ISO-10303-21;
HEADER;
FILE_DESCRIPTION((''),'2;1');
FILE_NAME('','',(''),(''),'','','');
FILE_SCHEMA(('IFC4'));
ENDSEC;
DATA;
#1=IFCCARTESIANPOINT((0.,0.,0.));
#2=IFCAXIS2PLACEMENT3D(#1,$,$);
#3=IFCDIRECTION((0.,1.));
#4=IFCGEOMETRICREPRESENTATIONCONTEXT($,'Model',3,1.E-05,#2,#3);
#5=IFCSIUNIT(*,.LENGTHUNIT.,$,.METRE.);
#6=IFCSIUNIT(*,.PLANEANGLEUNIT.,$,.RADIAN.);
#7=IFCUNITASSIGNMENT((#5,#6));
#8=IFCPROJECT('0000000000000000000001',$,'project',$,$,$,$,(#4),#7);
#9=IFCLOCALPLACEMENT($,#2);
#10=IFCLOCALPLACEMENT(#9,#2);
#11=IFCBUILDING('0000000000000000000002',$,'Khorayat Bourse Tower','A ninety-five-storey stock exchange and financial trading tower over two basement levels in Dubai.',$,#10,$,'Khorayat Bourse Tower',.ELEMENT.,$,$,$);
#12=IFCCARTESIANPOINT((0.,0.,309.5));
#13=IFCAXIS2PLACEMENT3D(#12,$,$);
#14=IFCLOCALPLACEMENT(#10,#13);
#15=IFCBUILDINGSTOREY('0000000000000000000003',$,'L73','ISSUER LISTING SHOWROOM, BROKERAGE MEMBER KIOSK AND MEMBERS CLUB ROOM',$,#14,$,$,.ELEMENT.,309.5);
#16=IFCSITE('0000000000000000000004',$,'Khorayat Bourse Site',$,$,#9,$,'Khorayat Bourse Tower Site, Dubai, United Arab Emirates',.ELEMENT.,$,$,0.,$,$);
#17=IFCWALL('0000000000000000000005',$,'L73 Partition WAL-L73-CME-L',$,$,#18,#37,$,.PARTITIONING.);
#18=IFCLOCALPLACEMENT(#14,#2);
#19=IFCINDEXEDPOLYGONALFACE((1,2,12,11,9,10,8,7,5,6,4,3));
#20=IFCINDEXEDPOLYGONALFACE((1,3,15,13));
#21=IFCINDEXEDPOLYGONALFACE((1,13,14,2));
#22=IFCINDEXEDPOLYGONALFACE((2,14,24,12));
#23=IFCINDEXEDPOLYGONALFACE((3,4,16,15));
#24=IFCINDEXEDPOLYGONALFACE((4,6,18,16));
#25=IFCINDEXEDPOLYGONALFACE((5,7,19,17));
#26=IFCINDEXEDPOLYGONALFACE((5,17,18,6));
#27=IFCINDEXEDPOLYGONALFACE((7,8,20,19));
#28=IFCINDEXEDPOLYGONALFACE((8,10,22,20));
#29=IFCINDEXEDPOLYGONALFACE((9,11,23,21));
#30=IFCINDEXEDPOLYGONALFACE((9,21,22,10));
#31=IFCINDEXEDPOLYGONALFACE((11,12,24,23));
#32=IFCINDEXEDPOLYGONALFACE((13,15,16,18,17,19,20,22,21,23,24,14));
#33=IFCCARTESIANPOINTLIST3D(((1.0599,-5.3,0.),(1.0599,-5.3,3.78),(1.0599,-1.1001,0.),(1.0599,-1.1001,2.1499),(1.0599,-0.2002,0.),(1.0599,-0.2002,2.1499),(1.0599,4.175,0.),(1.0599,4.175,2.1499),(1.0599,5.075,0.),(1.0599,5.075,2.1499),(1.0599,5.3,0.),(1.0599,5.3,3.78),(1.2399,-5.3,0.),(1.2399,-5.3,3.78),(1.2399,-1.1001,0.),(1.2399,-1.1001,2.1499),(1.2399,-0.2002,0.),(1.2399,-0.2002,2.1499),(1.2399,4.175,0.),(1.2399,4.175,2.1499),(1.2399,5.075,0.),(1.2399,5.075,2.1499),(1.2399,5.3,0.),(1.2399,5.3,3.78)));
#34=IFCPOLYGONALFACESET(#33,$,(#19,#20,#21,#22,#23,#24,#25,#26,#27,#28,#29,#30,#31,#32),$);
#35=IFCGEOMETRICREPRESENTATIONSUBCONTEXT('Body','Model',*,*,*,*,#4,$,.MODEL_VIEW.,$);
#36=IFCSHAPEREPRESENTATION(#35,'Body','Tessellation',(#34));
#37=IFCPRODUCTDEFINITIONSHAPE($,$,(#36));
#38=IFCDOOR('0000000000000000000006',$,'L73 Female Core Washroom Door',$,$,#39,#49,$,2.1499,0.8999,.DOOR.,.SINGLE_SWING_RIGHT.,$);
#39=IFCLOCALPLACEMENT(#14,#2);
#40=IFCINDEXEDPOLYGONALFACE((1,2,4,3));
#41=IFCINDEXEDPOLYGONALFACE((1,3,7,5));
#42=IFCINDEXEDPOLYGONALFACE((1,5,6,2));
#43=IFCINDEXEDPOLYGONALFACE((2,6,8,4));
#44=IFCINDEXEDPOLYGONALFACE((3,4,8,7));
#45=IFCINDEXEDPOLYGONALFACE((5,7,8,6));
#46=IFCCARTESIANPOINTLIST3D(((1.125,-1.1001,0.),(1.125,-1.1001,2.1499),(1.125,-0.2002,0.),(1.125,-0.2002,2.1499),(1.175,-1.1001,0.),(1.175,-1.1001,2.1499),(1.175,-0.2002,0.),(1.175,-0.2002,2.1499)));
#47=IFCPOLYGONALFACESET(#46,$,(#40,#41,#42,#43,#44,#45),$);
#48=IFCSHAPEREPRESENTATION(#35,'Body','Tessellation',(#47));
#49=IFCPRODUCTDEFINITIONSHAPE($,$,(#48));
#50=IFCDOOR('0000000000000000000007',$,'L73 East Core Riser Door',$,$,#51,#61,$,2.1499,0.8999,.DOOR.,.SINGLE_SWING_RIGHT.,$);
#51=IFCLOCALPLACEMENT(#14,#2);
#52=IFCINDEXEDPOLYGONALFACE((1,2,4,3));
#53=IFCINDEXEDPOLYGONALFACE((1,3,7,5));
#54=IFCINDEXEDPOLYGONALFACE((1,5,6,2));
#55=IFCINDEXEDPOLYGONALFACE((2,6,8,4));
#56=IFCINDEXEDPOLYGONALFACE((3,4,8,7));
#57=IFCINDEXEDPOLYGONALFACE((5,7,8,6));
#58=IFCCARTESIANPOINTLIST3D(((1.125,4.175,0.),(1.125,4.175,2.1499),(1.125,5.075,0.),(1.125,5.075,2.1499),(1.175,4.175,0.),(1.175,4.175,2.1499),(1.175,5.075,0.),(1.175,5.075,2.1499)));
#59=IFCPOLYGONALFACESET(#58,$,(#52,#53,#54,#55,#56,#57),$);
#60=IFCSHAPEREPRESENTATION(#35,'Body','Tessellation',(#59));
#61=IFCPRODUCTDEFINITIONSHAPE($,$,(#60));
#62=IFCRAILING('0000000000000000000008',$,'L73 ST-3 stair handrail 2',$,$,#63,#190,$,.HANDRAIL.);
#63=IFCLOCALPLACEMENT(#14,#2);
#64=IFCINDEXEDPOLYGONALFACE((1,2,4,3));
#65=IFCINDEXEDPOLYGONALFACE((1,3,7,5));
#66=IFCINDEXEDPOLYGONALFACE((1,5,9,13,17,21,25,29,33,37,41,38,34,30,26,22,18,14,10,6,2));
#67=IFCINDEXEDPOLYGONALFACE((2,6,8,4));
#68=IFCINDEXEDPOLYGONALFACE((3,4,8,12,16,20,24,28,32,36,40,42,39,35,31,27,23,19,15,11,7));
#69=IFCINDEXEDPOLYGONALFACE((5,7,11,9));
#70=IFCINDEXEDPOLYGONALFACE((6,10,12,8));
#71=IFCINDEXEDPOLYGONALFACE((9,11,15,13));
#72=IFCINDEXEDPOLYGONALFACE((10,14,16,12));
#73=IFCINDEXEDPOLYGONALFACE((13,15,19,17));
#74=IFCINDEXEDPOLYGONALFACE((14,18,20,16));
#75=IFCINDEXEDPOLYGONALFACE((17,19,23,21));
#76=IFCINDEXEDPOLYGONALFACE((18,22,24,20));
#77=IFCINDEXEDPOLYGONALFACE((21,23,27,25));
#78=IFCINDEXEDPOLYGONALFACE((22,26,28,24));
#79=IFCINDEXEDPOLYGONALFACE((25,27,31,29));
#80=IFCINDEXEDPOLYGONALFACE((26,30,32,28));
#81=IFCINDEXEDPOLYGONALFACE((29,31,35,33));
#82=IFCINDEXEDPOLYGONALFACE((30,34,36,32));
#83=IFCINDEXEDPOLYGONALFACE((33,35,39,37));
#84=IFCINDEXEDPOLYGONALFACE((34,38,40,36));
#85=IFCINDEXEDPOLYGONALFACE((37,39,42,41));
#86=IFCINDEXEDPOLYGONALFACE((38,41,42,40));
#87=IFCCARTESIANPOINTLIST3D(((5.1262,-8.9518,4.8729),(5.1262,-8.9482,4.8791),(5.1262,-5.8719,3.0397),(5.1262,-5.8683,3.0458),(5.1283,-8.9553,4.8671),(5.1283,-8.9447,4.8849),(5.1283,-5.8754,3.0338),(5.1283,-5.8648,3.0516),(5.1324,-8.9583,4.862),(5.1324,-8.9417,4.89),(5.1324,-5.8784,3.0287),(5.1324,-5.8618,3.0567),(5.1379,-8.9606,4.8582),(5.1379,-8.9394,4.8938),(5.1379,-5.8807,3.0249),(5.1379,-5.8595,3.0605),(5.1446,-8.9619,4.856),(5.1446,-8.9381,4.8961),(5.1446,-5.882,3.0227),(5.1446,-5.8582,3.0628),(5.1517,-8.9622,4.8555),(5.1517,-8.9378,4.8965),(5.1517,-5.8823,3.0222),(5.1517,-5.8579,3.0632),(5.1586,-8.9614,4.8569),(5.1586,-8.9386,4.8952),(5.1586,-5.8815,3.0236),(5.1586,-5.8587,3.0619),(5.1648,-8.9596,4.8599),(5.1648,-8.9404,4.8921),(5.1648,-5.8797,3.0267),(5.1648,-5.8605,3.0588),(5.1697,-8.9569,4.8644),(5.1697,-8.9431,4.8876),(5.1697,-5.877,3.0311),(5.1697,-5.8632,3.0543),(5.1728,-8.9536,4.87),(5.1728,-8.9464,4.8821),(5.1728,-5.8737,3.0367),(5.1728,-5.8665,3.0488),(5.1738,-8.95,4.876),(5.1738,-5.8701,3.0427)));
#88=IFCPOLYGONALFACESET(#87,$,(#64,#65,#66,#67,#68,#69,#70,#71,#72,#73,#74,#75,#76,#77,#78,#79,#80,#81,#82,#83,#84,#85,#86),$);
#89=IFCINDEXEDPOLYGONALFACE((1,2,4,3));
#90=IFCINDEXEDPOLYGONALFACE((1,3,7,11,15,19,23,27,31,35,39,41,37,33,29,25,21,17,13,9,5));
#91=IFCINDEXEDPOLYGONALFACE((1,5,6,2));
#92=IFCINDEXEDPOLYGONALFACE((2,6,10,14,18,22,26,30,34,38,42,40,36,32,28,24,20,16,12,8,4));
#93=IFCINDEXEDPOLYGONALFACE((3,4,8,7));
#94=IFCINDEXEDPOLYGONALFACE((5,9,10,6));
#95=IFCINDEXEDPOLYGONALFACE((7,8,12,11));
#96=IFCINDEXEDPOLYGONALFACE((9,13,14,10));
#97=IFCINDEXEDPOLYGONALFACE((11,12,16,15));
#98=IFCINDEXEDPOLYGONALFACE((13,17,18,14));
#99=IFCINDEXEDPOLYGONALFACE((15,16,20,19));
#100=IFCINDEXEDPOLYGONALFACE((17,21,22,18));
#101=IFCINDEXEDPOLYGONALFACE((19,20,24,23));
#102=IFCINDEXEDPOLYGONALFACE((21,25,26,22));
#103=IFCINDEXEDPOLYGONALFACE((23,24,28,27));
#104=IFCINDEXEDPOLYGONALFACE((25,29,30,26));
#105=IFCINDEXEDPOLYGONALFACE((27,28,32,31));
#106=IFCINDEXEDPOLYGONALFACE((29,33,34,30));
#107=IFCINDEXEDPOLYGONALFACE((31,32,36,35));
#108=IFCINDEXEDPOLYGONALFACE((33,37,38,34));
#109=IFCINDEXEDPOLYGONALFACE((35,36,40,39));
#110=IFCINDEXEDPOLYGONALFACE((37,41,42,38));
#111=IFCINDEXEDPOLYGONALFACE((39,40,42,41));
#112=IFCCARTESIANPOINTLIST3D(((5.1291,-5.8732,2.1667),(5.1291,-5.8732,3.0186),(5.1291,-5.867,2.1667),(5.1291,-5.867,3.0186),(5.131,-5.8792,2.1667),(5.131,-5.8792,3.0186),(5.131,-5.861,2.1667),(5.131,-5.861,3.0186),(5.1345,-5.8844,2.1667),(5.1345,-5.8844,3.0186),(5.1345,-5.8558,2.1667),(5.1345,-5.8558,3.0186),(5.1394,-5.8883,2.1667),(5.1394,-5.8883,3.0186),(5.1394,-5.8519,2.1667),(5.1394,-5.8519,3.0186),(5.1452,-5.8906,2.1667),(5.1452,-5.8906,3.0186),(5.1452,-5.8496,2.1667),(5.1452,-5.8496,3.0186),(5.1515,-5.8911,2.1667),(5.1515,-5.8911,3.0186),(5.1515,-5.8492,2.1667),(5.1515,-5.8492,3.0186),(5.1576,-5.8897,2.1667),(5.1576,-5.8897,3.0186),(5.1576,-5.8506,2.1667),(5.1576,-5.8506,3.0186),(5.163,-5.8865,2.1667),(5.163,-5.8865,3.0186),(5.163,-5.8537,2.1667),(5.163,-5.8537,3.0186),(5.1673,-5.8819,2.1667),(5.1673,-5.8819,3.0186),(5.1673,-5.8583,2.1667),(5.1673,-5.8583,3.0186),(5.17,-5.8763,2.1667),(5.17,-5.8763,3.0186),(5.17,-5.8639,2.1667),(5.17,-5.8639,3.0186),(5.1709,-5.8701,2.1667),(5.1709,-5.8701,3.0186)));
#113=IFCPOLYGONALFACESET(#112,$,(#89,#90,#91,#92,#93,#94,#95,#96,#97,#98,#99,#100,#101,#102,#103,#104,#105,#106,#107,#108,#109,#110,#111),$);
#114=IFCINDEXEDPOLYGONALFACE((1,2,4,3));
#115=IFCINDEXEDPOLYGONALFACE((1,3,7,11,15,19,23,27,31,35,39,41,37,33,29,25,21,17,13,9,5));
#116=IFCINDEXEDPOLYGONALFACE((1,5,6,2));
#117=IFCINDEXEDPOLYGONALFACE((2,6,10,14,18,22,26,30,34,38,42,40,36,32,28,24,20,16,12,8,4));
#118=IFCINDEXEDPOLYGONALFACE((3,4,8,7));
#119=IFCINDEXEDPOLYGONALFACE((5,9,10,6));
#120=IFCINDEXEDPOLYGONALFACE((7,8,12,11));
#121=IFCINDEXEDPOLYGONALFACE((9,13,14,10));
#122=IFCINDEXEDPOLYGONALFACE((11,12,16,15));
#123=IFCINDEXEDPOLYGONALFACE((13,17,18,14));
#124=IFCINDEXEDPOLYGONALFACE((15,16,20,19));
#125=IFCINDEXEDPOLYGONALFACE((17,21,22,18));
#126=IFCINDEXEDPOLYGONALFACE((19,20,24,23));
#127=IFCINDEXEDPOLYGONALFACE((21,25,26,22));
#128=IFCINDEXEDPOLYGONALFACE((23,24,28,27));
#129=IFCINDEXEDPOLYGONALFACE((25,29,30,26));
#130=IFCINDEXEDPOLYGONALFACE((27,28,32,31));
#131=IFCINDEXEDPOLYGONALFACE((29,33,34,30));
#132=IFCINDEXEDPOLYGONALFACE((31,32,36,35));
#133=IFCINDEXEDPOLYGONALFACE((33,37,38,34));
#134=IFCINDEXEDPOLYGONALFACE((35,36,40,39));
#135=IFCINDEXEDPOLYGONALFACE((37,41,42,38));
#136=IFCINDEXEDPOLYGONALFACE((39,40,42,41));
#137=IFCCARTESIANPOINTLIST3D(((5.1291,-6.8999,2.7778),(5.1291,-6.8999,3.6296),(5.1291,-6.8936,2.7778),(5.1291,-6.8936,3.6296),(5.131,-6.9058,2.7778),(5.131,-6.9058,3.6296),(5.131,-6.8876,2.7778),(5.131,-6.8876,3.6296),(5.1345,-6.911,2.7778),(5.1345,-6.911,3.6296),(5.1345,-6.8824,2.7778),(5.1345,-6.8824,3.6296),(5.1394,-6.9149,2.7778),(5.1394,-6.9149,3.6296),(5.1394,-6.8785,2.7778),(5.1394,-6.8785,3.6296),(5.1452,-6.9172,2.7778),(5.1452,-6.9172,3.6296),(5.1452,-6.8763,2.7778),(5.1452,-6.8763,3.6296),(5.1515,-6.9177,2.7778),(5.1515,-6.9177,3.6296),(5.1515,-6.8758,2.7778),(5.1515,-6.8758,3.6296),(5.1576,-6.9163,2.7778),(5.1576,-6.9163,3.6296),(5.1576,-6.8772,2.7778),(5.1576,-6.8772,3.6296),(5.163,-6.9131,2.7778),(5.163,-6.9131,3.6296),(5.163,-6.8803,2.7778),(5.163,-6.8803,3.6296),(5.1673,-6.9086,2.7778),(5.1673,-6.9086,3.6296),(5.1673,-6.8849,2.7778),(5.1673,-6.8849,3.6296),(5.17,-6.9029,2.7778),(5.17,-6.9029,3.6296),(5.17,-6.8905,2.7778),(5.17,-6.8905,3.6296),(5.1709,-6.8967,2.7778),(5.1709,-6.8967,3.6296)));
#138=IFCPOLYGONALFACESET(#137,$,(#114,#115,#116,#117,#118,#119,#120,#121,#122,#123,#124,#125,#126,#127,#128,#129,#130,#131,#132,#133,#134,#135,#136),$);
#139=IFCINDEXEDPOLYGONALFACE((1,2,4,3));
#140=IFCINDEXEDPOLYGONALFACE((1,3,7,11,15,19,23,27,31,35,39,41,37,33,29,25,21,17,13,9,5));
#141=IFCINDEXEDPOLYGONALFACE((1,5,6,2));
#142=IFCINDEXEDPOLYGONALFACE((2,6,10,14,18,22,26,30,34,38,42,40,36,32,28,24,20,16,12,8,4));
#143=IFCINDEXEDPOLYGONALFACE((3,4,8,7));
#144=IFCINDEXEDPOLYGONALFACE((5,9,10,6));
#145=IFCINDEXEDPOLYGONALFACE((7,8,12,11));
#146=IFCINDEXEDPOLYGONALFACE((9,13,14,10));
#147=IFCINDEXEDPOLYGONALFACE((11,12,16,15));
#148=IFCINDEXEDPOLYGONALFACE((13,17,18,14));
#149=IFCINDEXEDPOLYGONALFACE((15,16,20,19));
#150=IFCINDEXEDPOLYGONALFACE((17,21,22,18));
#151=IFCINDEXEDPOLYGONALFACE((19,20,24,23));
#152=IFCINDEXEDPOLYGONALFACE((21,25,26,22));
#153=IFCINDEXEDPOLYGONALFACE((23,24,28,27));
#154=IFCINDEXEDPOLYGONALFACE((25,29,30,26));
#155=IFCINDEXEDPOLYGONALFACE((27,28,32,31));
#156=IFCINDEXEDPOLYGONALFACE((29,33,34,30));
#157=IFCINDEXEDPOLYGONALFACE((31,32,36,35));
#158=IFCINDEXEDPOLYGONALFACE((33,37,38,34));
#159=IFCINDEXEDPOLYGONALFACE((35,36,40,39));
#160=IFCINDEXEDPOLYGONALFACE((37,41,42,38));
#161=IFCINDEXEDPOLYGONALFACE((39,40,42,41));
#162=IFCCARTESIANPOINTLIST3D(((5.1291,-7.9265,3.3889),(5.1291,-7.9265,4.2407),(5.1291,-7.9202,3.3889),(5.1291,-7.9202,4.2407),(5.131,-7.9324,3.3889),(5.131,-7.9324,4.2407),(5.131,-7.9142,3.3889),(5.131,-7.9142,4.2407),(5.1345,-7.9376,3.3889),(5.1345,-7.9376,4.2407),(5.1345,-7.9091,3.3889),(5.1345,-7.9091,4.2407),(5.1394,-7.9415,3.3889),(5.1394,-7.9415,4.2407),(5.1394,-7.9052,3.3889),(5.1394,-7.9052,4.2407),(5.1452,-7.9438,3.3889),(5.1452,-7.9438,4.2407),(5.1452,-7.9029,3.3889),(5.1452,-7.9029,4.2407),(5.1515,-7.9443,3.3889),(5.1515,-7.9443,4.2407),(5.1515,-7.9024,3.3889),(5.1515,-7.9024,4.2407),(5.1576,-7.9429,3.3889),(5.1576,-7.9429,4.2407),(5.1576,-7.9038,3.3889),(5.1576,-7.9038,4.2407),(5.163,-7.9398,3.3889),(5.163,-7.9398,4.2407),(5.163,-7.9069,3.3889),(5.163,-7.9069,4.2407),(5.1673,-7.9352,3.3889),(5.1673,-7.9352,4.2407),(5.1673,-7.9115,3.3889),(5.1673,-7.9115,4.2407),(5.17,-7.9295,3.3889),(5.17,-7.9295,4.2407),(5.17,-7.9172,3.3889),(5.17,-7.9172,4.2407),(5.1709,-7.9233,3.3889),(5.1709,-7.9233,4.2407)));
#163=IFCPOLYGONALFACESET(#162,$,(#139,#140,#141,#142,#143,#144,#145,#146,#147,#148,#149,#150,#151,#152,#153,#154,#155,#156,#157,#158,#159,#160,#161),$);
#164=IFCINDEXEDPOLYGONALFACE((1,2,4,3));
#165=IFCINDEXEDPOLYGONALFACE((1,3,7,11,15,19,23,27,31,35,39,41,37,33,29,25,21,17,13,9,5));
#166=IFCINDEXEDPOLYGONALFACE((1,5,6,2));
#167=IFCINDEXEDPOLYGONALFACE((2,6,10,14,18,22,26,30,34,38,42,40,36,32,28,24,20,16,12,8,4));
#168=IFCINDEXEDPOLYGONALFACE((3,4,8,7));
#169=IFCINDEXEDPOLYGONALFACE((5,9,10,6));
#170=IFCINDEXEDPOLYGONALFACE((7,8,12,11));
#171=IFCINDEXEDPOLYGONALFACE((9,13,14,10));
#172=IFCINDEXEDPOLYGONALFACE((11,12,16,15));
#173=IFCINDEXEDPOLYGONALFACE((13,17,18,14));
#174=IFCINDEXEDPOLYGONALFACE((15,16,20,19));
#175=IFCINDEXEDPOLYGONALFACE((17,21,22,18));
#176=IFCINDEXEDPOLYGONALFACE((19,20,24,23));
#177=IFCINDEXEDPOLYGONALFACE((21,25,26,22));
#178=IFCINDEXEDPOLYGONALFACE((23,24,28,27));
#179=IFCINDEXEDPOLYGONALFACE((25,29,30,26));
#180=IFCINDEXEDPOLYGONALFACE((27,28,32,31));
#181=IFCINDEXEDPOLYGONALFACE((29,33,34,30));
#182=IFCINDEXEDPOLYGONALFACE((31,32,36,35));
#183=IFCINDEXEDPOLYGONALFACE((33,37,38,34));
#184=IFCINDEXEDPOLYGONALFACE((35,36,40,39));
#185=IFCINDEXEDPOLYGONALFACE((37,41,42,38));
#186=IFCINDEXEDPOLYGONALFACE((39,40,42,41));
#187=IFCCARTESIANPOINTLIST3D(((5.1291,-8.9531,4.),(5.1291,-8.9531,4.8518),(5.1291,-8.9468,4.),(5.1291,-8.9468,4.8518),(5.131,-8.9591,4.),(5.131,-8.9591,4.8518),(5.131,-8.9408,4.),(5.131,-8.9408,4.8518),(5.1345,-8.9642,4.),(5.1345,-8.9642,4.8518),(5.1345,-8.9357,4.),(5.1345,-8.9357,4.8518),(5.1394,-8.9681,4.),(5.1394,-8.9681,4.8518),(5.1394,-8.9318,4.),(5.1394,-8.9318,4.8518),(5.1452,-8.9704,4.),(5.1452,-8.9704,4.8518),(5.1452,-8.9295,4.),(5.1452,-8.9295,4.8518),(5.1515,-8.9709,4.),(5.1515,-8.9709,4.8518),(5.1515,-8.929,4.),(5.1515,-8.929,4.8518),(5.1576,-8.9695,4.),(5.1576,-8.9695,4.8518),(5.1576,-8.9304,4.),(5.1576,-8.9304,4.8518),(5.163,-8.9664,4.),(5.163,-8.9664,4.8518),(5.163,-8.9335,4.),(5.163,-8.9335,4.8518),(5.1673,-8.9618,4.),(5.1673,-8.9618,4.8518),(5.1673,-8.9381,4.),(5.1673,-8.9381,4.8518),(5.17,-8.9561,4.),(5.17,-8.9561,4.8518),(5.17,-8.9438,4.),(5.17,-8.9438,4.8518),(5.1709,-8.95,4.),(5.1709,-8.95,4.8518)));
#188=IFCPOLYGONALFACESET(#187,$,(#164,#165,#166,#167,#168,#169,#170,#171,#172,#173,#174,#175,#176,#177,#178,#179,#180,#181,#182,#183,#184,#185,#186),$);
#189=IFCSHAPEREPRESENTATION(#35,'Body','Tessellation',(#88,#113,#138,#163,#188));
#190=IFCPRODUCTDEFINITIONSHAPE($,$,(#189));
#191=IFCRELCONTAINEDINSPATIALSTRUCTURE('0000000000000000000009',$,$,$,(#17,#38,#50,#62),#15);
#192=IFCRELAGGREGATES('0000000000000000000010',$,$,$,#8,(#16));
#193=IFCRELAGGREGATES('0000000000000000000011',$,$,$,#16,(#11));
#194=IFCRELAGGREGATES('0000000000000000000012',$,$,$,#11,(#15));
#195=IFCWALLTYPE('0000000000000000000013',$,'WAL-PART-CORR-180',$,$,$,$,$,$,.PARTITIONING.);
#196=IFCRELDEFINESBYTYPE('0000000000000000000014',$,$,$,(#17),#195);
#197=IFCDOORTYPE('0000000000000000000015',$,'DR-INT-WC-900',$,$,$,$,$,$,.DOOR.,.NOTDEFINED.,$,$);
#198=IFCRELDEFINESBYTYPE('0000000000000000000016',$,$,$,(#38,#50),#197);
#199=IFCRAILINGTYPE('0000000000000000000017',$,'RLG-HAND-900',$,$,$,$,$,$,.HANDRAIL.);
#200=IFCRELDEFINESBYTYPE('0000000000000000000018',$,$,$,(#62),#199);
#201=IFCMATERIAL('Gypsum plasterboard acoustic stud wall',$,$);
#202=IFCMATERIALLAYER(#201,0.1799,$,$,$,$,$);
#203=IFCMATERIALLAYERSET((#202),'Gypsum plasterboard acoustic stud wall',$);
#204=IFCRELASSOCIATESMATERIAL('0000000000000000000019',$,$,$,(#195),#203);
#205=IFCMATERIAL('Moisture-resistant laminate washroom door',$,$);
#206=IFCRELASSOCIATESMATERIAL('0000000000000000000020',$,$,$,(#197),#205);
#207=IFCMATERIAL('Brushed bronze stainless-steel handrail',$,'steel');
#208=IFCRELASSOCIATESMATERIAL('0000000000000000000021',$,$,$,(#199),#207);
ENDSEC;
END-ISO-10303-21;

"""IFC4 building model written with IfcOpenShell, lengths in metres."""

from ifc_helpers import new_model, si_unit, direction, frame, frame_2d, origin, origin_2d, place, context, subcontext, project, spatial, rectangle, circle, extrude, source, transform, mapped, material, layer, layer_set, type_object, element, fill, save


model = new_model("IFC4")

# Units and contexts
model_context = context("Model", 3, precision=1e-05, world=origin(), true_north=direction((0.0, 1.0)))
body_context = subcontext(model_context, "Body", "Model", "MODEL_VIEW")
ifc_project = project(units=[si_unit("LENGTHUNIT", "METRE"), si_unit("PLANEANGLEUNIT", "RADIAN")], contexts=[model_context])

# Site, building, storey
site_placement = place(None, origin())
site = spatial("IfcSite", under=ifc_project, at=site_placement, Name="Khorayat Bourse Site", LongName="Khorayat Bourse Tower Site, Dubai, United Arab Emirates", CompositionType="ELEMENT", RefElevation=0.0)
building_placement = place(site_placement, origin())
building = spatial("IfcBuilding", under=site, at=building_placement, Name="Khorayat Bourse Tower", Description="A ninety-five-storey stock exchange and financial trading tower over two basement levels in Dubai.", LongName="Khorayat Bourse Tower", CompositionType="ELEMENT")
storey_placement = place(building_placement, frame((0.0, 0.0, 309.5)))
storey = spatial("IfcBuildingStorey", under=building, at=storey_placement, Name="L73", Description="ISSUER LISTING SHOWROOM, BROKERAGE MEMBER KIOSK AND MEMBERS CLUB ROOM", CompositionType="ELEMENT", Elevation=309.5)

# Shared definitions
ifc_material_1 = material(Name="Gypsum plasterboard acoustic stud wall")
ifc_layer_1 = layer(ifc_material_1, 0.1799)
ifc_layer_set_1 = layer_set([ifc_layer_1], Name="Gypsum plasterboard acoustic stud wall")
wall_type_1 = type_object("IfcWallType", Name="WAL-PART-CORR-180", PredefinedType="PARTITIONING", material=ifc_layer_set_1)
shared_shape_1 = source(origin(), body_context, "Body", "SweptSolid", [
    extrude(rectangle(XDim=0.8999, YDim=2.1499, at=frame_2d((0.45, 1.075))), frame((0.0, 0.0999, 0.0), z_axis=(0.0, -1.0, 0.0), x_axis=(1.0, 0.0, 0.0)), (0.0, 0.0, 1.0), 0.2),
])
ifc_material_2 = material(Name="Moisture-resistant laminate washroom door")
door_type = type_object("IfcDoorType", Name="DR-INT-WC-900", OperationType="NOTDEFINED", PredefinedType="DOOR", material=ifc_material_2)
shared_shape_2 = source(origin(), body_context, "Body", "SweptSolid", [
    extrude(rectangle(XDim=0.8999, YDim=2.1499, at=frame_2d((0.45, 1.075))), frame((0.0, 0.0249, 0.0), z_axis=(0.0, -1.0, 0.0), x_axis=(1.0, 0.0, 0.0)), (0.0, 0.0, 1.0), 0.05),
])

# Wall, openings, doors
shared_shape_3 = source(origin(), body_context, "Body", "SweptSolid", [
    extrude(rectangle(XDim=10.6001, YDim=0.1799, at=frame_2d((5.3, 0.0))), origin(), (0.0, 0.0, 1.0), 3.78),
])
wall_1_placement = place(storey_placement, frame((1.1499, -5.3, 0.0), z_axis=(0.0, 0.0, 1.0), x_axis=(0.0, 1.0, 0.0)))
wall_1 = element("IfcWall", 1, at=wall_1_placement, inside=storey, type_object=wall_type_1, Name="L73 Partition WAL-L73-CME-L", PredefinedType="PARTITIONING", context=body_context, shape_type="MappedRepresentation", body=[
    mapped(shared_shape_3, transform((0.0, 0.0, 0.0), scale=1.0)),
])
opening_1_placement = place(wall_1_placement, frame((4.2, 0.0, 0.0)))
opening_1 = element("IfcOpeningElement", 2, at=opening_1_placement, cuts=wall_1, PredefinedType="OPENING", context=body_context, shape_type="MappedRepresentation", body=[
    mapped(shared_shape_1, transform((0.0, 0.0, 0.0), scale=1.0)),
])
opening_2_placement = place(wall_1_placement, frame((9.4751, 0.0, 0.0)))
opening_2 = element("IfcOpeningElement", 3, at=opening_2_placement, cuts=wall_1, PredefinedType="OPENING", context=body_context, shape_type="MappedRepresentation", body=[
    mapped(shared_shape_1, transform((0.0, 0.0, 0.0), scale=1.0)),
])
door_1_placement = place(opening_1_placement, origin())
door_1 = element("IfcDoor", 4, at=door_1_placement, inside=storey, type_object=door_type, Name="L73 Female Core Washroom Door", OperationType="SINGLE_SWING_RIGHT", OverallHeight=2.1499, OverallWidth=0.8999, PredefinedType="DOOR", context=body_context, shape_type="MappedRepresentation", body=[
    mapped(shared_shape_2, transform((0.0, 0.0, 0.0), scale=1.0)),
])
fill(opening_1, door_1)
door_2_placement = place(opening_2_placement, origin())
door_2 = element("IfcDoor", 5, at=door_2_placement, inside=storey, type_object=door_type, Name="L73 East Core Riser Door", OperationType="SINGLE_SWING_RIGHT", OverallHeight=2.1499, OverallWidth=0.8999, PredefinedType="DOOR", context=body_context, shape_type="MappedRepresentation", body=[
    mapped(shared_shape_2, transform((0.0, 0.0, 0.0), scale=1.0)),
])
fill(opening_2, door_2)

# Railing
ifc_material_3 = material(Name="Brushed bronze stainless-steel handrail", Category="steel")
railing_type = type_object("IfcRailingType", Name="RLG-HAND-900", PredefinedType="HANDRAIL", material=ifc_material_3)
shared_shape_4 = source(origin(), body_context, "Body", "SweptSolid", [
    extrude(circle(Radius=0.0239, at=origin_2d()), frame((0.0, 0.0, 0.876), z_axis=(0.0, -0.859291, 0.511487), x_axis=(1.0, 0.0, 0.0)), (0.0, 0.0, 1.0), 3.5842),
    extrude(circle(Radius=0.021, at=origin_2d()), origin(), (0.0, 0.0, 1.0), 0.8518),
    extrude(circle(Radius=0.021, at=origin_2d()), frame((0.0, -1.0266, 0.6111)), (0.0, 0.0, 1.0), 0.8518),
    extrude(circle(Radius=0.021, at=origin_2d()), frame((0.0, -2.0532, 1.2222)), (0.0, 0.0, 1.0), 0.8518),
    extrude(circle(Radius=0.021, at=origin_2d()), frame((0.0, -3.0798, 1.8333)), (0.0, 0.0, 1.0), 0.8518),
])
railing_placement = place(storey_placement, frame((5.1499, -5.8701, 2.1667)))
element("IfcRailing", 6, at=railing_placement, inside=storey, type_object=railing_type, Name="L73 ST-3 stair handrail 2", PredefinedType="HANDRAIL", context=body_context, shape_type="MappedRepresentation", body=[
    mapped(shared_shape_4, transform((0.0, 0.0, 0.0), scale=1.0)),
])

save(model, "model.ifc")
